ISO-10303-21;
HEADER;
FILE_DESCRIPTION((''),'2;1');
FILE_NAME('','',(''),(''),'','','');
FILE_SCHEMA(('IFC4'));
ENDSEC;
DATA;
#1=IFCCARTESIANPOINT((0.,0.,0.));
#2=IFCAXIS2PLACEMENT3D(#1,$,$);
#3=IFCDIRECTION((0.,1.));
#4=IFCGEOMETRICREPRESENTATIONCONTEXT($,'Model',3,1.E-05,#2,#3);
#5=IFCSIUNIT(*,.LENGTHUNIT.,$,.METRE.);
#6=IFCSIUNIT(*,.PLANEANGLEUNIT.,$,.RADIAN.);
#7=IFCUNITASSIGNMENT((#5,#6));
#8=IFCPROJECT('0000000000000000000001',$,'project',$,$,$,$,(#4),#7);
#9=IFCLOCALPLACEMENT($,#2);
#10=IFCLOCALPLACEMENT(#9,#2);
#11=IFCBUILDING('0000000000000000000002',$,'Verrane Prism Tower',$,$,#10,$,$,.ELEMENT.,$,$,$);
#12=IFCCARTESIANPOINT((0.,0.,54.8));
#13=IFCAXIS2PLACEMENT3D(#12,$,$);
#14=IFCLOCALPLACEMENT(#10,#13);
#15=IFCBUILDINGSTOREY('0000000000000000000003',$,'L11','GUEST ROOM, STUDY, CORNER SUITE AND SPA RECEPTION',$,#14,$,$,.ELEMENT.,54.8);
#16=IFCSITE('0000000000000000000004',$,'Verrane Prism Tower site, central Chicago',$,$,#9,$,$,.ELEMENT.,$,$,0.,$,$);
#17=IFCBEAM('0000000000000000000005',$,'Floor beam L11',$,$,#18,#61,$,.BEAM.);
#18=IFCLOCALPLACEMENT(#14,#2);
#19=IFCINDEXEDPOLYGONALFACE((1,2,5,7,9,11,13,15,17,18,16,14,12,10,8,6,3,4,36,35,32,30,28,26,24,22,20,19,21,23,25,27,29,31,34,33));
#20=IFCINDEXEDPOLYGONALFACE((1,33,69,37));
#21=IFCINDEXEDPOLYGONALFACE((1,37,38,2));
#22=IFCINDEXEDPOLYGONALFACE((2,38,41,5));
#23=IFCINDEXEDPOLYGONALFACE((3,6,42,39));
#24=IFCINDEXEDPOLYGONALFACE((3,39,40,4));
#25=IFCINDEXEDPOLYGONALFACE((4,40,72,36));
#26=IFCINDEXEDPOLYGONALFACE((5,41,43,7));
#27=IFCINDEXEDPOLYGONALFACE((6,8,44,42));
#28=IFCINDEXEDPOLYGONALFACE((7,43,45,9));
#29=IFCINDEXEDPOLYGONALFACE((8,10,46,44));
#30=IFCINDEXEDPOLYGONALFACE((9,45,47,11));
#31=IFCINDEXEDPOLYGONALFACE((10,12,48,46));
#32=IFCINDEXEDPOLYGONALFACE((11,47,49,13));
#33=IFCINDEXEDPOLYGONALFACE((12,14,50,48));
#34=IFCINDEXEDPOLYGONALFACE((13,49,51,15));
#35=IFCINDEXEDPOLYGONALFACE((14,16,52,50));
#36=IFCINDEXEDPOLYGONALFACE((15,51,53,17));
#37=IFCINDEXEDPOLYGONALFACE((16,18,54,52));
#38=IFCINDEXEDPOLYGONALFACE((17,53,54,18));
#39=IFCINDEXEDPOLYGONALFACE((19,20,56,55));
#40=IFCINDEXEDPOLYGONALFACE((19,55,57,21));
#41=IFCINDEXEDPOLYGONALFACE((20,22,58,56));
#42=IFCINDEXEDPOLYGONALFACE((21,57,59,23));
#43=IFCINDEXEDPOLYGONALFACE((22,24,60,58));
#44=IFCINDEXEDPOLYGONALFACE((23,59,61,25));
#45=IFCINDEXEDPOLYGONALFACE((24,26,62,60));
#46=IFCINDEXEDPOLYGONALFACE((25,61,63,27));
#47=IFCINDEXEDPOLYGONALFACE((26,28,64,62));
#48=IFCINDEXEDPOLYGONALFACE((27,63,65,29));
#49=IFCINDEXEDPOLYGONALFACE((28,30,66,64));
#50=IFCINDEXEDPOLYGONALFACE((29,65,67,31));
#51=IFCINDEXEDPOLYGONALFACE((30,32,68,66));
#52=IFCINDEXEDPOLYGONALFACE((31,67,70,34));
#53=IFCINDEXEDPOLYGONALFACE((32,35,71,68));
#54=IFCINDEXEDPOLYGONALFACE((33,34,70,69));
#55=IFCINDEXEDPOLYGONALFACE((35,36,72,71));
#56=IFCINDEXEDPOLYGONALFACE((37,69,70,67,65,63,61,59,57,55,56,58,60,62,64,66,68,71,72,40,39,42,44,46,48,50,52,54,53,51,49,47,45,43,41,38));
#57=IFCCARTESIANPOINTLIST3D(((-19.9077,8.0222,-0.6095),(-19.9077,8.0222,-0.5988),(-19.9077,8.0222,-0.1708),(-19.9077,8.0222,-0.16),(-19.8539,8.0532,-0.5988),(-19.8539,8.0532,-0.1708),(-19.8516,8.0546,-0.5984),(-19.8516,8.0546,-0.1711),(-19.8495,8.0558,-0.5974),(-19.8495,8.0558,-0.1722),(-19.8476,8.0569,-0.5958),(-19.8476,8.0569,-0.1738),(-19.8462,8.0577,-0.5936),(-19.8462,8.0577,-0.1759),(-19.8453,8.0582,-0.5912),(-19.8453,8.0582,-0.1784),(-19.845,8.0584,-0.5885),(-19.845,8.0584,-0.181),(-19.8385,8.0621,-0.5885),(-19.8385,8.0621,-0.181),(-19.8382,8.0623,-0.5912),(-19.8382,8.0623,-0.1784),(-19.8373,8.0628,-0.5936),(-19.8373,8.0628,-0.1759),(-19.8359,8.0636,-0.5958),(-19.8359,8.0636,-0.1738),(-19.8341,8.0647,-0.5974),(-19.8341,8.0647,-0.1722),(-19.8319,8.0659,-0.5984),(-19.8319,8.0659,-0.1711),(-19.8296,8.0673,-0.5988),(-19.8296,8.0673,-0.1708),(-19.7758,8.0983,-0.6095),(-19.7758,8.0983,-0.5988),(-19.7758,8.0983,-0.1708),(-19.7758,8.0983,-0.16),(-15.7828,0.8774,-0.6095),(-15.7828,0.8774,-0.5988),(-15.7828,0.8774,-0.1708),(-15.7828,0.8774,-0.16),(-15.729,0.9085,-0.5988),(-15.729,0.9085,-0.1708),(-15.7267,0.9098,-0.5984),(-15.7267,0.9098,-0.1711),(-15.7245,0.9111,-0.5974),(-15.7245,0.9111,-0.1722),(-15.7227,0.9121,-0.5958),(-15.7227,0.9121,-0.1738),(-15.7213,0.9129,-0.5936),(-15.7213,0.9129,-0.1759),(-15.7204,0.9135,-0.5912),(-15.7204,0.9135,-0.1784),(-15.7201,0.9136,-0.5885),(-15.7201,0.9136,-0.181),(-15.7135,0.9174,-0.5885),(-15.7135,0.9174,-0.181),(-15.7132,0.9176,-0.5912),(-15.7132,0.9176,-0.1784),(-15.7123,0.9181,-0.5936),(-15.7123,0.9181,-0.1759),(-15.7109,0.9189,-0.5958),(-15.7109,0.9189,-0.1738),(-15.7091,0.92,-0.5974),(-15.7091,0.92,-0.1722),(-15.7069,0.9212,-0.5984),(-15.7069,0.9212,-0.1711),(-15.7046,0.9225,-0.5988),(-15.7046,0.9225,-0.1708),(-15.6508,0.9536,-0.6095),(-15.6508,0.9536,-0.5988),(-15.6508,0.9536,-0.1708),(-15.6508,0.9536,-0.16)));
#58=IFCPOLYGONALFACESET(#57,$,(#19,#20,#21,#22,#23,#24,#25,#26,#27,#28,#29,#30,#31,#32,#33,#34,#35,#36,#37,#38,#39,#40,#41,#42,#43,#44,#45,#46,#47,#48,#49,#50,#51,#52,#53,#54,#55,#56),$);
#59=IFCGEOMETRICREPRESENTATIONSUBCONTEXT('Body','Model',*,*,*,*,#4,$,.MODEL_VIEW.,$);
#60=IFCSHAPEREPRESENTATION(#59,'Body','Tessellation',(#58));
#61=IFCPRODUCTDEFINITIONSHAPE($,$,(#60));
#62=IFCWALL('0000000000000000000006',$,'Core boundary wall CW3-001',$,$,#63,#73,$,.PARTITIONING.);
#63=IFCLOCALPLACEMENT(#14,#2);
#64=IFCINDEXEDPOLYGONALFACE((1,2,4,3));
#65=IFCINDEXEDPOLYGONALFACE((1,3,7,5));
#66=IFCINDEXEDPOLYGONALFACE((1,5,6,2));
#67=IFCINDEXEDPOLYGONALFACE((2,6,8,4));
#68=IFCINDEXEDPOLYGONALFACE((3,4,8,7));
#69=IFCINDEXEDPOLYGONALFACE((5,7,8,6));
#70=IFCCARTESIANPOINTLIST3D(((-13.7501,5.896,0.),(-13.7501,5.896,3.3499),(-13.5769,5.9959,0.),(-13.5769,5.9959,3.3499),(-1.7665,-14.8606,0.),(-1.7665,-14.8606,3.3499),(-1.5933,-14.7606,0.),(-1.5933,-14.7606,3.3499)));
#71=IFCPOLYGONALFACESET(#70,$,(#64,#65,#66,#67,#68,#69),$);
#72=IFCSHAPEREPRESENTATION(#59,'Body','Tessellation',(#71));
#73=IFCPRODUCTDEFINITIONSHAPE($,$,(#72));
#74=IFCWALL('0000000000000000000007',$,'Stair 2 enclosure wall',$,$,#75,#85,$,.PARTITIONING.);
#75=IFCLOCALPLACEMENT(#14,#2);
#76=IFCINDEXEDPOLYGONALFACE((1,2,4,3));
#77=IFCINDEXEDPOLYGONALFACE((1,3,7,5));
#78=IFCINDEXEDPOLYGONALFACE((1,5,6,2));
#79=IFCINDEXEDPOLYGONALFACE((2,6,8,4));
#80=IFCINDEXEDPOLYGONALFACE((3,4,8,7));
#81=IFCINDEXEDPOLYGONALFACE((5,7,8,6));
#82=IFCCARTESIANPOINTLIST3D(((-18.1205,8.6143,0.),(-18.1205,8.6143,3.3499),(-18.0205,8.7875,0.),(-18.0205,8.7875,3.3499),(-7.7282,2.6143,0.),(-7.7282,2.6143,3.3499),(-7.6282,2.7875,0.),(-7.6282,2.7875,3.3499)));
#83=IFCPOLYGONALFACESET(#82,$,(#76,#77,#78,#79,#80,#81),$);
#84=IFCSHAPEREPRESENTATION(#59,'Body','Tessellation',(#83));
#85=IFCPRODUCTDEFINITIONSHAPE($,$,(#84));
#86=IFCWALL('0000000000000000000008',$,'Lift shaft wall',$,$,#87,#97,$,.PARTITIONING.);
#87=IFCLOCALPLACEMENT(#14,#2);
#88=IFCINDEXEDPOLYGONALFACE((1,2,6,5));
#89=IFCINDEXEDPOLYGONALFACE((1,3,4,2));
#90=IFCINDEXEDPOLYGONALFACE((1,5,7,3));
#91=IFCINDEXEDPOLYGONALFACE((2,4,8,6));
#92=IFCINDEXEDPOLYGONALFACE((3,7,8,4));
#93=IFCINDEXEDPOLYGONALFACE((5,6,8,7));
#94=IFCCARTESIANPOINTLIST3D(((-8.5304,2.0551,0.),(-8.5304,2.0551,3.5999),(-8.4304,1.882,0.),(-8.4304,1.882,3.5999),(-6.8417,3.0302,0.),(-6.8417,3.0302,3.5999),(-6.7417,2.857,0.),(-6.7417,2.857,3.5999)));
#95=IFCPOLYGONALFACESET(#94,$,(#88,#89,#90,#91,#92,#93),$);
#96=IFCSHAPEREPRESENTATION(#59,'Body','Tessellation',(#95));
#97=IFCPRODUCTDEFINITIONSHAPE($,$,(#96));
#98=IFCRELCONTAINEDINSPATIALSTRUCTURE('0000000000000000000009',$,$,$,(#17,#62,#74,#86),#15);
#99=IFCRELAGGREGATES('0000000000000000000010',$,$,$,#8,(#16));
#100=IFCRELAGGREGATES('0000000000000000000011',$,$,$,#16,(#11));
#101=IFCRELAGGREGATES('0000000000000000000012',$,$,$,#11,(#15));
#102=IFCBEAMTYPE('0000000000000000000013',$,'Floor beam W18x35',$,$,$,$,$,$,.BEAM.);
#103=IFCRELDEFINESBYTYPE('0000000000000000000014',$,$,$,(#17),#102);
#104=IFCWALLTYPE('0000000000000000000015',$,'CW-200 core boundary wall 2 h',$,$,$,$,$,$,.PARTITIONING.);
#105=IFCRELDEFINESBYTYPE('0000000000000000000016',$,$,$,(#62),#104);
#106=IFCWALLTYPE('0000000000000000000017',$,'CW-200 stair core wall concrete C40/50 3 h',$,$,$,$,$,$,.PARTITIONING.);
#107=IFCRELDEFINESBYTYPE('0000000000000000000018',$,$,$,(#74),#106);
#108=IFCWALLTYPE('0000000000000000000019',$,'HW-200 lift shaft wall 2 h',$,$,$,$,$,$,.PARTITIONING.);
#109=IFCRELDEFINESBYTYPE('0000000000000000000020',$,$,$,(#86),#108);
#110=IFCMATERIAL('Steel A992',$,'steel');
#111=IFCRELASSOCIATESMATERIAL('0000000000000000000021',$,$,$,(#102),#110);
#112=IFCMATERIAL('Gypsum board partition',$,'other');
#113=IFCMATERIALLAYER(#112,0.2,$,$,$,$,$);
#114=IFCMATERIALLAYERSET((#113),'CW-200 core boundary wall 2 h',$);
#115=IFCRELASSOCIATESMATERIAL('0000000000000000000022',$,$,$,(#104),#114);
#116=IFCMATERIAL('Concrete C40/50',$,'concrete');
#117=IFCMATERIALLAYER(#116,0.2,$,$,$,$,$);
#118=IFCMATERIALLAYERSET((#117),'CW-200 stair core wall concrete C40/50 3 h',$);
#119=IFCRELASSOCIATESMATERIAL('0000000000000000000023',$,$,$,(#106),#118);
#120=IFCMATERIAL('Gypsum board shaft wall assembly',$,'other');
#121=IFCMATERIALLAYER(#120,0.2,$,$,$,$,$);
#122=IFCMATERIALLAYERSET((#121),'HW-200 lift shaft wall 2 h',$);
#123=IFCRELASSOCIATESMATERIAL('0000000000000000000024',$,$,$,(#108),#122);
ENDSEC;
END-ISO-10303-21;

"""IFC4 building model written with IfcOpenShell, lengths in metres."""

from ifc_helpers import new_model, si_unit, direction, frame, frame_2d, origin, origin_2d, place, context, subcontext, project, spatial, rectangle, i_section, extrude, material, layer, layer_set, material_profile, profile_set, type_object, element, save


model = new_model("IFC4")

# Units and contexts
model_context = context("Model", 3, precision=1e-05, world=origin(), true_north=direction((0.0, 1.0)))
body_context = subcontext(model_context, "Body", "Model", "MODEL_VIEW")
ifc_project = project(units=[si_unit("LENGTHUNIT", "METRE"), si_unit("PLANEANGLEUNIT", "RADIAN")], contexts=[model_context])

# Site, building, storey
site_placement = place(None, origin())
site = spatial("IfcSite", under=ifc_project, at=site_placement, Name="Verrane Prism Tower site, central Chicago", CompositionType="ELEMENT", RefElevation=0.0)
building_placement = place(site_placement, origin())
building = spatial("IfcBuilding", under=site, at=building_placement, Name="Verrane Prism Tower", CompositionType="ELEMENT")
storey_placement = place(building_placement, frame((0.0, 0.0, 54.8)))
storey = spatial("IfcBuildingStorey", under=building, at=storey_placement, Name="L11", Description="GUEST ROOM, STUDY, CORNER SUITE AND SPA RECEPTION", CompositionType="ELEMENT", Elevation=54.8)

# Beam
ifc_material_1 = material(Name="Steel A992", Category="steel")
ifc_material_profile_1 = material_profile(ifc_material_1, i_section(OverallWidth=0.1523, OverallDepth=0.4495, WebThickness=0.0076, FlangeThickness=0.0107, FilletRadius=0.0103, at=origin_2d()), Name="W18x35")
ifc_profile_set_1 = profile_set([ifc_material_profile_1], Name="Steel A992")
beam_type_1 = type_object("IfcBeamType", Name="Floor beam W18x35", PredefinedType="BEAM", material=ifc_profile_set_1)
beam_1_placement = place(storey_placement, frame((-15.7168, 0.9155, -0.3848), z_axis=(-0.499997, 0.866027, 0.0), x_axis=(-0.866027, -0.499997, 0.0)))
element("IfcBeam", 1, at=beam_1_placement, inside=storey, type_object=beam_type_1, Name="Floor beam L11", PredefinedType="BEAM", context=body_context, shape_type="SweptSolid", body=[
    extrude(i_section(OverallWidth=0.1523, OverallDepth=0.4495, WebThickness=0.0076, FlangeThickness=0.0107, FilletRadius=0.0103, at=origin_2d()), origin(), (0.0, 0.0, 1.0), 8.25),
])

# Walls
ifc_material_2 = material(Name="Gypsum board partition", Category="other")
ifc_layer_1 = layer(ifc_material_2, 0.2)
ifc_layer_set_1 = layer_set([ifc_layer_1], Name="CW-200 core boundary wall 2 h")
wall_type_1 = type_object("IfcWallType", Name="CW-200 core boundary wall 2 h", PredefinedType="PARTITIONING", material=ifc_layer_set_1)
wall_1_placement = place(storey_placement, frame((-13.6636, 5.946, 0.0), z_axis=(0.0, 0.0, 1.0), x_axis=(0.499994, -0.866029, 0.0)))
element("IfcWall", 2, at=wall_1_placement, inside=storey, type_object=wall_type_1, Name="Core boundary wall CW3-001", PredefinedType="PARTITIONING", context=body_context, shape_type="SweptSolid", body=[
    extrude(rectangle(XDim=23.9675, YDim=0.2, at=frame_2d((11.9839, 0.0))), origin(), (0.0, 0.0, 1.0), 3.3499),
])
ifc_material_3 = material(Name="Concrete C40/50", Category="concrete")
ifc_layer_2 = layer(ifc_material_3, 0.2)
ifc_layer_set_2 = layer_set([ifc_layer_2], Name="CW-200 stair core wall concrete C40/50 3 h")
wall_type_2 = type_object("IfcWallType", Name="CW-200 stair core wall concrete C40/50 3 h", PredefinedType="PARTITIONING", material=ifc_layer_set_2)
wall_2_placement = place(storey_placement, frame((-7.6782, 2.7009, 0.0), z_axis=(0.0, 0.0, 1.0), x_axis=(-0.866026, 0.499999, 0.0)))
element("IfcWall", 3, at=wall_2_placement, inside=storey, type_object=wall_type_2, Name="Stair 2 enclosure wall", PredefinedType="PARTITIONING", context=body_context, shape_type="SweptSolid", body=[
    extrude(rectangle(XDim=12.0, YDim=0.2, at=frame_2d((6.0, 0.0))), origin(), (0.0, 0.0, 1.0), 3.3499),
])
ifc_material_4 = material(Name="Gypsum board shaft wall assembly", Category="other")
ifc_layer_3 = layer(ifc_material_4, 0.2)
ifc_layer_set_3 = layer_set([ifc_layer_3], Name="HW-200 lift shaft wall 2 h")
wall_type_3 = type_object("IfcWallType", Name="HW-200 lift shaft wall 2 h", PredefinedType="PARTITIONING", material=ifc_layer_set_3)
wall_3_placement = place(storey_placement, frame((-8.4805, 1.9685, 0.0), z_axis=(0.0, 0.0, 1.0), x_axis=(0.866, 0.500044, 0.0)))
element("IfcWall", 4, at=wall_3_placement, inside=storey, type_object=wall_type_3, Name="Lift shaft wall", PredefinedType="PARTITIONING", context=body_context, shape_type="SweptSolid", body=[
    extrude(rectangle(XDim=1.95, YDim=0.2, at=frame_2d((0.9751, 0.0))), origin(), (0.0, 0.0, 1.0), 3.5999),
])

save(model, "model.ifc")
